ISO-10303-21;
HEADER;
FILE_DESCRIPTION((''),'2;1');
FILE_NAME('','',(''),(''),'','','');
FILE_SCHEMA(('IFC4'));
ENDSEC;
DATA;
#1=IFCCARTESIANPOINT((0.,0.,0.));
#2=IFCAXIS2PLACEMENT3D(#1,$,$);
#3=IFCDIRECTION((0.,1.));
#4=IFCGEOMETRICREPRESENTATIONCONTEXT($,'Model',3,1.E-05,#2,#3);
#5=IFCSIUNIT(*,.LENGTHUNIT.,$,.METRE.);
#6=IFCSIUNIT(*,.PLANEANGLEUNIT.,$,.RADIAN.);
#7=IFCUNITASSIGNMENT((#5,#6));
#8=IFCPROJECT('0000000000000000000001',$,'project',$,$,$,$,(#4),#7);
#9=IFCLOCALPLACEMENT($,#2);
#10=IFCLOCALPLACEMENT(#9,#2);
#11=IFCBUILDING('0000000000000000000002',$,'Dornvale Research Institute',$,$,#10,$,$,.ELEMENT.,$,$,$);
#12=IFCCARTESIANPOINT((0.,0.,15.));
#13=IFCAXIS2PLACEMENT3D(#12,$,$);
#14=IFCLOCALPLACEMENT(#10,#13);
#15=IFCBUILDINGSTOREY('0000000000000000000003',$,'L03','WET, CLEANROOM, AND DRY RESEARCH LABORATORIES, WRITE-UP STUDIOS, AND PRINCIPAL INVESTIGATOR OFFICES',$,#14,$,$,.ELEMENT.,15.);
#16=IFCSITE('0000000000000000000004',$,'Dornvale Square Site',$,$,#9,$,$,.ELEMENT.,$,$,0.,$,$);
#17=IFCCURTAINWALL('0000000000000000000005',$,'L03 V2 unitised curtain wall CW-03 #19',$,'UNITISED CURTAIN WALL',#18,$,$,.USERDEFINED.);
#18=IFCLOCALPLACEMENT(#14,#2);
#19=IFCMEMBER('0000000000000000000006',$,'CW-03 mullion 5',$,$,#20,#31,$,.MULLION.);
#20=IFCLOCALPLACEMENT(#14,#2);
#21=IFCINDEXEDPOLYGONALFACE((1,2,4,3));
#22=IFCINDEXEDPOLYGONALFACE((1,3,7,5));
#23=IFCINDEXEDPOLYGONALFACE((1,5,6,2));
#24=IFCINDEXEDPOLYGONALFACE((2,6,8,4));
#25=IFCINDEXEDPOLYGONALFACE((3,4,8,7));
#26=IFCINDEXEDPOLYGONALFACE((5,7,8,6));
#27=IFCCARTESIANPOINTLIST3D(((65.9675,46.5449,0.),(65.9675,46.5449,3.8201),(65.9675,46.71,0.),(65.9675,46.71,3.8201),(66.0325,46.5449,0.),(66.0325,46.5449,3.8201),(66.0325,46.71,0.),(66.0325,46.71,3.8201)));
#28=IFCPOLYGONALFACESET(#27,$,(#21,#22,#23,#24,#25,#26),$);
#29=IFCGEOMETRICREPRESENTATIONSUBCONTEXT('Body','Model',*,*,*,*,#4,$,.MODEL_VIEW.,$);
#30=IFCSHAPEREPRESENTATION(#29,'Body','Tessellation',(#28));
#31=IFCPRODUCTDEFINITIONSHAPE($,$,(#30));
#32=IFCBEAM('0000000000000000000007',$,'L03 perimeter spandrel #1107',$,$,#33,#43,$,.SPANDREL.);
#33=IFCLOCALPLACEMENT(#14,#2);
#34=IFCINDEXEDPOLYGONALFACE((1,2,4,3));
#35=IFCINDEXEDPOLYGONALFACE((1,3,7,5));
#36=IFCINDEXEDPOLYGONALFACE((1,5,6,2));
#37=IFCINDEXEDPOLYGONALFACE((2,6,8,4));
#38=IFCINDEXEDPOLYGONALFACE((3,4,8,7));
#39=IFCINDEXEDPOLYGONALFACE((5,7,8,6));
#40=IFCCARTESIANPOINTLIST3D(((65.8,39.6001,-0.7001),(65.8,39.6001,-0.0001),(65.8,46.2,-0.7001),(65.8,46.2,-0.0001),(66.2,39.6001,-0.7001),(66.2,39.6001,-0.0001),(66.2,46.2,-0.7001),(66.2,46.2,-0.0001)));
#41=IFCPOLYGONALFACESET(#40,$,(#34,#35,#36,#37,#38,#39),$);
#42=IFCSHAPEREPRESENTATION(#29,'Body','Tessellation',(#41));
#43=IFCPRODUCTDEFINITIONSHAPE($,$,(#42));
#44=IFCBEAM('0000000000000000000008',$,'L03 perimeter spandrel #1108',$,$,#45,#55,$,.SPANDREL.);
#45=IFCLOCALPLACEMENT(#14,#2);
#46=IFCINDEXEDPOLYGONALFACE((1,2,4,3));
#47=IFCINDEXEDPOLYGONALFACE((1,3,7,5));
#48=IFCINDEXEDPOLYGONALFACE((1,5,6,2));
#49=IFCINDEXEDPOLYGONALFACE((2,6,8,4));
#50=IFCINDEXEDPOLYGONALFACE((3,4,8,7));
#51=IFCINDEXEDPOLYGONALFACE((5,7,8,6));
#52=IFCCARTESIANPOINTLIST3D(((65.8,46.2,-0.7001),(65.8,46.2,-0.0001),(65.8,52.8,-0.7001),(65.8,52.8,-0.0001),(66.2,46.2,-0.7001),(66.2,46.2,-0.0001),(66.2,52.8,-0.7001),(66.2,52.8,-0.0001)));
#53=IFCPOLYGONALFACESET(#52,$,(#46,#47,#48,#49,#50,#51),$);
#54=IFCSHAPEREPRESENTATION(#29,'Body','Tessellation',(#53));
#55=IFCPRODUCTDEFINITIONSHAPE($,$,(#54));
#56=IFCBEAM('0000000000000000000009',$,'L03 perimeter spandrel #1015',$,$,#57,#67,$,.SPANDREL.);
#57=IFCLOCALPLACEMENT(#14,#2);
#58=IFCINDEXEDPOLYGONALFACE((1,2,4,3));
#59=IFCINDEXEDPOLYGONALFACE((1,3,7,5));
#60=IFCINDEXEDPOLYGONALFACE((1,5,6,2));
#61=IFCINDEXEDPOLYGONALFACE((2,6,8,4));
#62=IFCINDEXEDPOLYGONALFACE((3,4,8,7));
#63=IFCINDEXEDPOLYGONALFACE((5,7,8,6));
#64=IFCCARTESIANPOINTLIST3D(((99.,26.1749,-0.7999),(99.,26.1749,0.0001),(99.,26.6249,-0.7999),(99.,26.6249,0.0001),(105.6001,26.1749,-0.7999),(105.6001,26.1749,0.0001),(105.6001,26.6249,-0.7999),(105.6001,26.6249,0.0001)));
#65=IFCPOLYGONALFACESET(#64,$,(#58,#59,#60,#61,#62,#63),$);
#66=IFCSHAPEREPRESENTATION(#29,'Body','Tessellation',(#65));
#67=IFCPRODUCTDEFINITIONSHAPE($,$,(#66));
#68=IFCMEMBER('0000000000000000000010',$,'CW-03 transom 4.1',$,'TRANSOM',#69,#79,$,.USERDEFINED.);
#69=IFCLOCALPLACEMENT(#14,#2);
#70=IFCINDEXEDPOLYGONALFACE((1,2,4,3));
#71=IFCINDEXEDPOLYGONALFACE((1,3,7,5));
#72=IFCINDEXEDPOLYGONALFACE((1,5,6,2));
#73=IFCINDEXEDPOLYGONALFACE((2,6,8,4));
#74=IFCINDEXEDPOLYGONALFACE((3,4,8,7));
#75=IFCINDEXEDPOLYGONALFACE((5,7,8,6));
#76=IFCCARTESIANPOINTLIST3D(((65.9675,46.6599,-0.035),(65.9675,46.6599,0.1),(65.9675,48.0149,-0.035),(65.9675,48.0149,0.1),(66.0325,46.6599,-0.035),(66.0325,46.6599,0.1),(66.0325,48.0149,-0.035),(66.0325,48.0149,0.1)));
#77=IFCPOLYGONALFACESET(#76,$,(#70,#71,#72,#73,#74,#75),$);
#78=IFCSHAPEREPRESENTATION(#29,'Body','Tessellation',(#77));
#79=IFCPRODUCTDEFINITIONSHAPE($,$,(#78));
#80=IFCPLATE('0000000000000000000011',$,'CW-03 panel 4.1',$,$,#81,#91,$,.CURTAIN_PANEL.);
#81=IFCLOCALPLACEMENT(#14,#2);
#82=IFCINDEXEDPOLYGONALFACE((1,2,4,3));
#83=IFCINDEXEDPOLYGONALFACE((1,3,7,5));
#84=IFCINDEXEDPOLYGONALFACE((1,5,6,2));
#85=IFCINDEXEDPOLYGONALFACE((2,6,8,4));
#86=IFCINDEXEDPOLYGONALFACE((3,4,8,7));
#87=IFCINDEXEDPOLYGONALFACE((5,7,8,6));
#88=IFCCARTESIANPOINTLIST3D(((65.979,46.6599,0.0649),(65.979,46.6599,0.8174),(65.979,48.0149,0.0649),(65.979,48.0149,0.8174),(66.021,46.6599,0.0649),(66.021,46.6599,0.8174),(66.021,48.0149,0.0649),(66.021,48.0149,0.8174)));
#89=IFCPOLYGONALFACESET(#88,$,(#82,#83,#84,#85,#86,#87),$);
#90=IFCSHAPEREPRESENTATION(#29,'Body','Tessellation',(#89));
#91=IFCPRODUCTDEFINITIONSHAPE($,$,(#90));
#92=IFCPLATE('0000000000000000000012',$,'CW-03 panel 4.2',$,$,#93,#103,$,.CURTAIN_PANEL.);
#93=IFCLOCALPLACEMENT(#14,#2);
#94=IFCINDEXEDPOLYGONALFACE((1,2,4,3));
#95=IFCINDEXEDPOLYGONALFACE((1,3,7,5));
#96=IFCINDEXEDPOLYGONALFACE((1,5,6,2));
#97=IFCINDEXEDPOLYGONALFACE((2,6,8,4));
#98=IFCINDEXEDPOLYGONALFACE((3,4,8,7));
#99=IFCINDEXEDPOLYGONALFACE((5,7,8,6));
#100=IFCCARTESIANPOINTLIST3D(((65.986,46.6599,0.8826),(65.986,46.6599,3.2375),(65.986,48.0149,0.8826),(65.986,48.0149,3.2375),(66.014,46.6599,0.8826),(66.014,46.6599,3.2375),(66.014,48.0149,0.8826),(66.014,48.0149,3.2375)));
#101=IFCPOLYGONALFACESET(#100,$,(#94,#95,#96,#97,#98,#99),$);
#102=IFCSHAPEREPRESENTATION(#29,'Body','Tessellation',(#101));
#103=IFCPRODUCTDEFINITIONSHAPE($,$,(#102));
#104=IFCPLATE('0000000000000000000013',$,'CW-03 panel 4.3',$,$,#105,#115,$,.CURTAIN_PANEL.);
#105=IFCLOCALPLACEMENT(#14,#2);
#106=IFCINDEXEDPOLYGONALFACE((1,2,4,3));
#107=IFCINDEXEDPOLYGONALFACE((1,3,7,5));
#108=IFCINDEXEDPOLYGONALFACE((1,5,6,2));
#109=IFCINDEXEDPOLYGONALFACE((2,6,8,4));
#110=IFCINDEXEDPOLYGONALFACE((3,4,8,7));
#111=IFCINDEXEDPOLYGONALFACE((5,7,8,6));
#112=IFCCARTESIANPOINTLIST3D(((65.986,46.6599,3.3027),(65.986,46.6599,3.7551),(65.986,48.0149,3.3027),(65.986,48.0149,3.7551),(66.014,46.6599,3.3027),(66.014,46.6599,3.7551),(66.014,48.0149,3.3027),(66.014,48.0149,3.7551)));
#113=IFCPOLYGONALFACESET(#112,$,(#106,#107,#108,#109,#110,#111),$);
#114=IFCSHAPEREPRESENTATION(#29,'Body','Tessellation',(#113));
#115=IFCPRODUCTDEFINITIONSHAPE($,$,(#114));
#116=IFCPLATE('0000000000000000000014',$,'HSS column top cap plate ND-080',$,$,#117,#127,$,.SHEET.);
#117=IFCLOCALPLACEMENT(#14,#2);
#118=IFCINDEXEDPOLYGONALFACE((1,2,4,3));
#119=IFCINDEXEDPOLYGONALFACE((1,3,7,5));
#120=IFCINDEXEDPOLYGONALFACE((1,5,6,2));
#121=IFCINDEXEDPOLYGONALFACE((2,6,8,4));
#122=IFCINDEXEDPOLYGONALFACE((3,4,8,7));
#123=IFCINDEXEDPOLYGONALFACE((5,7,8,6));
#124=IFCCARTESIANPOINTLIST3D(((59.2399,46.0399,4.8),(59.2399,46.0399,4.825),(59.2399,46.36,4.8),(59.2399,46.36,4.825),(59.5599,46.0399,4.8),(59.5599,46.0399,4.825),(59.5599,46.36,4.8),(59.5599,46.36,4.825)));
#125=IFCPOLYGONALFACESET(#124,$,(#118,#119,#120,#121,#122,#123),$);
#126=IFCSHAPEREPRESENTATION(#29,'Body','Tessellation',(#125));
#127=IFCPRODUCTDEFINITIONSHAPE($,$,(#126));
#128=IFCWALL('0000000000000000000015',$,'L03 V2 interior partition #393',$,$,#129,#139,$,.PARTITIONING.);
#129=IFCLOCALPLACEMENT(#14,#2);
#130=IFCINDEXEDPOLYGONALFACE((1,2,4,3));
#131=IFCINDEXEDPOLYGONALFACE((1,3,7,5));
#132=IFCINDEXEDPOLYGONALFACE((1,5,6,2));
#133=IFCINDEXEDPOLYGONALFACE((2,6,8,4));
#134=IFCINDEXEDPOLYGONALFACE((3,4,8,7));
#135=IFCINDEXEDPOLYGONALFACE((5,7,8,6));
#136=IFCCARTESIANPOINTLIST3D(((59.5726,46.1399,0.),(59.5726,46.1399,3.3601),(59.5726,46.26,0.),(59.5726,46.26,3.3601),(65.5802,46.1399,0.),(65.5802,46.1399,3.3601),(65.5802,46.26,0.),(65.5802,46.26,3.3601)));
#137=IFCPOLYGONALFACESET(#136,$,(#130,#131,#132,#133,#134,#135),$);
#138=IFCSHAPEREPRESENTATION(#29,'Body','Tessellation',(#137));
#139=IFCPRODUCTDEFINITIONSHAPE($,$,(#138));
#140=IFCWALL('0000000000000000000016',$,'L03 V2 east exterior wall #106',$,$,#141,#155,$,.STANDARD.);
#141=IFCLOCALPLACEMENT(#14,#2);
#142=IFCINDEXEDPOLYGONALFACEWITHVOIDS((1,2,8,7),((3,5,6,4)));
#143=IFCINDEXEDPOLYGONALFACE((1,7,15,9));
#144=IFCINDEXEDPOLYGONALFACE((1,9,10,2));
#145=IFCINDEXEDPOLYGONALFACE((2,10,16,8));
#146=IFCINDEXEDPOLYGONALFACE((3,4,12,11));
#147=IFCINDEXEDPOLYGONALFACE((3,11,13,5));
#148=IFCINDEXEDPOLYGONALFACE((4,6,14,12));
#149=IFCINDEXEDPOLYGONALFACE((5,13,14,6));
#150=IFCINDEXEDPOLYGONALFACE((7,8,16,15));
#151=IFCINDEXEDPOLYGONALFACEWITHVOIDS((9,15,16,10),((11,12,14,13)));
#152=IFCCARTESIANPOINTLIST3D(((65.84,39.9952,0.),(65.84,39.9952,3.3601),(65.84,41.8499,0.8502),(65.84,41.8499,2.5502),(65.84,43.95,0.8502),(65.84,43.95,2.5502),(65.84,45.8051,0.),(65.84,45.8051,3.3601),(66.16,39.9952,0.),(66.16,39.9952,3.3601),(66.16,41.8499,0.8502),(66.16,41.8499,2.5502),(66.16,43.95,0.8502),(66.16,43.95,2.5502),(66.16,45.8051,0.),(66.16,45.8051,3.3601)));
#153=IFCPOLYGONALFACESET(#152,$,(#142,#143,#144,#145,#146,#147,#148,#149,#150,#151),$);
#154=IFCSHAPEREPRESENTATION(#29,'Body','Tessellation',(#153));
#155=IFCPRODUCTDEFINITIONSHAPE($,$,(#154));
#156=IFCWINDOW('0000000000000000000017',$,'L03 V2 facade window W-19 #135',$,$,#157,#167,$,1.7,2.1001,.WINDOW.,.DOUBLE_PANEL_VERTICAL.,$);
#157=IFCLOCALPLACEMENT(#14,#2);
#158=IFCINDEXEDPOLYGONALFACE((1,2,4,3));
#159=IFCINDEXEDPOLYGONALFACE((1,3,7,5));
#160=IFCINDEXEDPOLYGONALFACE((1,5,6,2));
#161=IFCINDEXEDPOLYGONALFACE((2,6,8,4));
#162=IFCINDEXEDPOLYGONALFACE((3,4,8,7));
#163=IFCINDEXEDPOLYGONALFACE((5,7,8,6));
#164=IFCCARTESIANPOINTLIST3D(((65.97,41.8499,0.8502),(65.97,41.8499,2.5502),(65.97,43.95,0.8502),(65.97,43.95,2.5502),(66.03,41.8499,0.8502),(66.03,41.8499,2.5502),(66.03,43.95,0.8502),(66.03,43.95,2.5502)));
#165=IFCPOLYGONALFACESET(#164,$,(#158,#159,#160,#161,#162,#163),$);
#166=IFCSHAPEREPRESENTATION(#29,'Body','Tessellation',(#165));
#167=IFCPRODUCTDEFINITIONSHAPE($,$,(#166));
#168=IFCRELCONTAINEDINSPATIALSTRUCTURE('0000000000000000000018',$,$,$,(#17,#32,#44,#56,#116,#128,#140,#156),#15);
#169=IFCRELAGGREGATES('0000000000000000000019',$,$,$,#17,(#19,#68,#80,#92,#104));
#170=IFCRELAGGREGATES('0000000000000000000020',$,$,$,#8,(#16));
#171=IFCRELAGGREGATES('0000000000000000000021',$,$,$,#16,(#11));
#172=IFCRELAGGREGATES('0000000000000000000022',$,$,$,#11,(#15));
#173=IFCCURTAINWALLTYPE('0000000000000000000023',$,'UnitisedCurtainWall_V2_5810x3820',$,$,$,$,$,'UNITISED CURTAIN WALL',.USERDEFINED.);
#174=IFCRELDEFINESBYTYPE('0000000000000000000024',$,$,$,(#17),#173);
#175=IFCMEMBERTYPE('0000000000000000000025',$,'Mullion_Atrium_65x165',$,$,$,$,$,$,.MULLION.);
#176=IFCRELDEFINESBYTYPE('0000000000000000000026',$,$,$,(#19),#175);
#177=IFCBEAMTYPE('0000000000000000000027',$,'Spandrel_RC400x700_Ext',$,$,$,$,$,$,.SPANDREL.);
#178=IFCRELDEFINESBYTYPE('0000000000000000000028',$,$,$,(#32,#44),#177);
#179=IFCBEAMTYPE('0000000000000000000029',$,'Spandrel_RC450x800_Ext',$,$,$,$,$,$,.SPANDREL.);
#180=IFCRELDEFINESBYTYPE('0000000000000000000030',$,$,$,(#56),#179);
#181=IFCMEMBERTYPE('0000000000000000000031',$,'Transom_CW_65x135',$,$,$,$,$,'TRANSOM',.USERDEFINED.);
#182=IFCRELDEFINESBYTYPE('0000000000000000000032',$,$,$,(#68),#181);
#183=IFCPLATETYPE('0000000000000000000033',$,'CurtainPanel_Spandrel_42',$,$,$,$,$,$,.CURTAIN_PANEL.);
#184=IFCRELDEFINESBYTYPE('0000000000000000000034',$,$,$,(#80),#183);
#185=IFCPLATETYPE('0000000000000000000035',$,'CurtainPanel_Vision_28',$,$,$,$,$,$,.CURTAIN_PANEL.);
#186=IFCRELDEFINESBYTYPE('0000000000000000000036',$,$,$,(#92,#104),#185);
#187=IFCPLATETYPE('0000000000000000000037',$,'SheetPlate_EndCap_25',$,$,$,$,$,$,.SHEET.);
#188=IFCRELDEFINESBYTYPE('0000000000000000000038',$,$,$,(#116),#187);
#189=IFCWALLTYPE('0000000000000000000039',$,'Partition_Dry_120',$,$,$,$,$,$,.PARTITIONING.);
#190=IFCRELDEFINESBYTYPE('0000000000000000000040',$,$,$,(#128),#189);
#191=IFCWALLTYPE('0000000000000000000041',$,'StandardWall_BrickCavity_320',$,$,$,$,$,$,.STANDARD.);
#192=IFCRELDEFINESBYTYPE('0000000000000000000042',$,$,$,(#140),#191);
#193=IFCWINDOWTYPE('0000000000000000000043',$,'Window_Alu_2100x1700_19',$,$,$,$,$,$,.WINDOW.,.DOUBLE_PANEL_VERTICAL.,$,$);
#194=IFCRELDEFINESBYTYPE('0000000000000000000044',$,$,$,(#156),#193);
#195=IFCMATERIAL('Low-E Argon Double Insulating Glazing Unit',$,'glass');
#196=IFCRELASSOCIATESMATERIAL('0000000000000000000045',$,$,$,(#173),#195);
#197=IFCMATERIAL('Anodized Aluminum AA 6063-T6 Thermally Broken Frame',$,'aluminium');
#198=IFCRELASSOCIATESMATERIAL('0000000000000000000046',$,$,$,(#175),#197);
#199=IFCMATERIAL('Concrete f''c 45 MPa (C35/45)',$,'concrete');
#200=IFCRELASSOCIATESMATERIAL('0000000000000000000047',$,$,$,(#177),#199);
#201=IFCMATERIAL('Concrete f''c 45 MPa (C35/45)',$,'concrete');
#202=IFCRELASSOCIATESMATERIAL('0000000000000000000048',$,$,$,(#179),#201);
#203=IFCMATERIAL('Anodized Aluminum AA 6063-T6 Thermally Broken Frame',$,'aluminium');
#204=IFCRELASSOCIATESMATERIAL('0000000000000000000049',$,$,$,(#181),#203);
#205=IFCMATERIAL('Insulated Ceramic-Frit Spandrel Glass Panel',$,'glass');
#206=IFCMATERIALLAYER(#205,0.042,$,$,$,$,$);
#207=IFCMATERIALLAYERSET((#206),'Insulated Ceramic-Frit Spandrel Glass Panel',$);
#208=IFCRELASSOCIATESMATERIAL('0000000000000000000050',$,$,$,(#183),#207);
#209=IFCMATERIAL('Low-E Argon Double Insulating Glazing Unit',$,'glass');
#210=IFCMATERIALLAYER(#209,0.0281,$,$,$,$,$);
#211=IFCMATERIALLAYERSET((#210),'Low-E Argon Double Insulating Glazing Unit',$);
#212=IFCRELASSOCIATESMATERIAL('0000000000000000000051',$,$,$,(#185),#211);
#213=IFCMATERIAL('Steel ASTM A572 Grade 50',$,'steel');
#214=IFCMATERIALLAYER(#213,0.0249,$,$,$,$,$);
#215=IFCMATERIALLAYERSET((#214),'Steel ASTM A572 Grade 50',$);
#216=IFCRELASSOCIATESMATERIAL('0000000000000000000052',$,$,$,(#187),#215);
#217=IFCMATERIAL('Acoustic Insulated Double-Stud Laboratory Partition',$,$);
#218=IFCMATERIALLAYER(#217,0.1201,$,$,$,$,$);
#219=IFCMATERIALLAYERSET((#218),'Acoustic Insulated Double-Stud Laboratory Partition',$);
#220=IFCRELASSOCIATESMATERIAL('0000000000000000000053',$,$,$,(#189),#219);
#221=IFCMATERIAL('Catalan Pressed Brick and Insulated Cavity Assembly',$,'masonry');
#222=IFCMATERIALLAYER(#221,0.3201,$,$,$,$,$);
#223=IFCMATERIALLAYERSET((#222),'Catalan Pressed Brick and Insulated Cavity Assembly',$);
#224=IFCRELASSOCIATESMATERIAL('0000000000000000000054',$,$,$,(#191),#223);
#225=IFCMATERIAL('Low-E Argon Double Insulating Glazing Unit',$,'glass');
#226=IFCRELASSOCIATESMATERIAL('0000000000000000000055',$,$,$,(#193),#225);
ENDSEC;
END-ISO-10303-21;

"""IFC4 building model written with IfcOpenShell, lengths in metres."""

from ifc_helpers import new_model, si_unit, direction, frame, frame_2d, origin, origin_2d, place, context, subcontext, project, spatial, rectangle, extrude, material, layer, layer_set, material_profile, profile_set, type_object, element, fill, aggregate, save


model = new_model("IFC4")

# Units and contexts
model_context = context("Model", 3, precision=1e-05, world=origin(), true_north=direction((0.0, 1.0)))
body_context = subcontext(model_context, "Body", "Model", "MODEL_VIEW")
ifc_project = project(units=[si_unit("LENGTHUNIT", "METRE"), si_unit("PLANEANGLEUNIT", "RADIAN")], contexts=[model_context])

# Site, building, storey
site_placement = place(None, origin())
site = spatial("IfcSite", under=ifc_project, at=site_placement, Name="Dornvale Square Site", CompositionType="ELEMENT", RefElevation=0.0)
building_placement = place(site_placement, origin())
building = spatial("IfcBuilding", under=site, at=building_placement, Name="Dornvale Research Institute", CompositionType="ELEMENT")
storey_placement = place(building_placement, frame((0.0, 0.0, 15.0)))
storey = spatial("IfcBuildingStorey", under=building, at=storey_placement, Name="L03", Description="WET, CLEANROOM, AND DRY RESEARCH LABORATORIES, WRITE-UP STUDIOS, AND PRINCIPAL INVESTIGATOR OFFICES", CompositionType="ELEMENT", Elevation=15.0)

# Curtain wall, member
ifc_material_1 = material(Name="Low-E Argon Double Insulating Glazing Unit", Category="glass")
curtain_wall_type = type_object("IfcCurtainWallType", Name="UnitisedCurtainWall_V2_5810x3820", ElementType="UNITISED CURTAIN WALL", PredefinedType="USERDEFINED", material=ifc_material_1)
curtain_wall_placement = place(storey_placement, origin())
curtain_wall = element("IfcCurtainWall", 1, at=curtain_wall_placement, inside=storey, type_object=curtain_wall_type, Name="L03 V2 unitised curtain wall CW-03 #19", ObjectType="UNITISED CURTAIN WALL", PredefinedType="USERDEFINED")
ifc_material_2 = material(Name="Anodized Aluminum AA 6063-T6 Thermally Broken Frame", Category="aluminium")
ifc_material_profile_1 = material_profile(ifc_material_2, rectangle(XDim=0.0649, YDim=0.165, at=origin_2d()), Name="ALU MULLION 65x165")
ifc_profile_set_1 = profile_set([ifc_material_profile_1], Name="Anodized Aluminum AA 6063-T6 Thermally Broken Frame")
member_type_1 = type_object("IfcMemberType", Name="Mullion_Atrium_65x165", PredefinedType="MULLION", material=ifc_profile_set_1)
member_1_placement = place(storey_placement, frame((66.0, 46.6274, 0.0), z_axis=(0.0, 0.0, 1.0), x_axis=(1.0, 0.0, 0.0)))
member_1 = element("IfcMember", 2, at=member_1_placement, type_object=member_type_1, Name="CW-03 mullion 5", PredefinedType="MULLION", context=body_context, shape_type="SweptSolid", body=[
    extrude(rectangle(XDim=0.0649, YDim=0.165, at=origin_2d()), origin(), (0.0, 0.0, 1.0), 3.8201),
])

# Beams
ifc_material_3 = material(Name="Concrete f'c 45 MPa (C35/45)", Category="concrete")
ifc_material_profile_2 = material_profile(ifc_material_3, rectangle(XDim=0.3999, YDim=0.7, at=origin_2d()), Name="RC 400x700")
ifc_profile_set_2 = profile_set([ifc_material_profile_2], Name="Concrete f'c 45 MPa (C35/45)")
beam_type_1 = type_object("IfcBeamType", Name="Spandrel_RC400x700_Ext", PredefinedType="SPANDREL", material=ifc_profile_set_2)
beam_1_placement = place(storey_placement, frame((66.0, 39.6001, -0.3501), z_axis=(0.0, 1.0, 0.0), x_axis=(-1.0, 0.0, 0.0)))
element("IfcBeam", 3, at=beam_1_placement, inside=storey, type_object=beam_type_1, Name="L03 perimeter spandrel #1107", PredefinedType="SPANDREL", context=body_context, shape_type="SweptSolid", body=[
    extrude(rectangle(XDim=0.3999, YDim=0.7, at=origin_2d()), origin(), (0.0, 0.0, 1.0), 6.5999),
])
beam_2_placement = place(storey_placement, frame((66.0, 46.2, -0.3501), z_axis=(0.0, 1.0, 0.0), x_axis=(-1.0, 0.0, 0.0)))
element("IfcBeam", 4, at=beam_2_placement, inside=storey, type_object=beam_type_1, Name="L03 perimeter spandrel #1108", PredefinedType="SPANDREL", context=body_context, shape_type="SweptSolid", body=[
    extrude(rectangle(XDim=0.3999, YDim=0.7, at=origin_2d()), origin(), (0.0, 0.0, 1.0), 6.6001),
])
ifc_material_4 = material(Name="Concrete f'c 45 MPa (C35/45)", Category="concrete")
ifc_material_profile_3 = material_profile(ifc_material_4, rectangle(XDim=0.45, YDim=0.8, at=origin_2d()), Name="RC 450x800")
ifc_profile_set_3 = profile_set([ifc_material_profile_3], Name="Concrete f'c 45 MPa (C35/45)")
beam_type_2 = type_object("IfcBeamType", Name="Spandrel_RC450x800_Ext", PredefinedType="SPANDREL", material=ifc_profile_set_3)
beam_3_placement = place(storey_placement, frame((99.0, 26.3999, -0.3999), z_axis=(1.0, 0.0, 0.0), x_axis=(0.0, 1.0, 0.0)))
element("IfcBeam", 5, at=beam_3_placement, inside=storey, type_object=beam_type_2, Name="L03 perimeter spandrel #1015", PredefinedType="SPANDREL", context=body_context, shape_type="SweptSolid", body=[
    extrude(rectangle(XDim=0.45, YDim=0.8, at=origin_2d()), origin(), (0.0, 0.0, 1.0), 6.6001),
])

# Member
ifc_material_5 = material(Name="Anodized Aluminum AA 6063-T6 Thermally Broken Frame", Category="aluminium")
ifc_material_profile_4 = material_profile(ifc_material_5, rectangle(XDim=0.0649, YDim=0.135, at=origin_2d()), Name="ALU TRANSOM 65x135")
ifc_profile_set_4 = profile_set([ifc_material_profile_4], Name="Anodized Aluminum AA 6063-T6 Thermally Broken Frame")
member_type_2 = type_object("IfcMemberType", Name="Transom_CW_65x135", ElementType="TRANSOM", PredefinedType="USERDEFINED", material=ifc_profile_set_4)
member_2_placement = place(storey_placement, frame((66.0, 48.0149, 0.0325), z_axis=(0.0, -1.0, 0.0), x_axis=(1.0, 0.0, 0.0)))
member_2 = element("IfcMember", 6, at=member_2_placement, type_object=member_type_2, Name="CW-03 transom 4.1", ObjectType="TRANSOM", PredefinedType="USERDEFINED", context=body_context, shape_type="SweptSolid", body=[
    extrude(rectangle(XDim=0.0649, YDim=0.135, at=origin_2d()), origin(), (0.0, 0.0, 1.0), 1.355),
])

# Plates
ifc_material_6 = material(Name="Insulated Ceramic-Frit Spandrel Glass Panel", Category="glass")
ifc_layer_1 = layer(ifc_material_6, 0.042)
ifc_layer_set_1 = layer_set([ifc_layer_1], Name="Insulated Ceramic-Frit Spandrel Glass Panel")
plate_type_1 = type_object("IfcPlateType", Name="CurtainPanel_Spandrel_42", PredefinedType="CURTAIN_PANEL", material=ifc_layer_set_1)
plate_1_placement = place(storey_placement, frame((66.0, 47.3374, 0.0649), z_axis=(0.0, 0.0, 1.0), x_axis=(0.0, -1.0, 0.0)))
plate_1 = element("IfcPlate", 7, at=plate_1_placement, type_object=plate_type_1, Name="CW-03 panel 4.1", PredefinedType="CURTAIN_PANEL", context=body_context, shape_type="SweptSolid", body=[
    extrude(rectangle(XDim=1.355, YDim=0.042, at=origin_2d()), origin(), (0.0, 0.0, 1.0), 0.7524),
])
ifc_material_7 = material(Name="Low-E Argon Double Insulating Glazing Unit", Category="glass")
ifc_layer_2 = layer(ifc_material_7, 0.0281)
ifc_layer_set_2 = layer_set([ifc_layer_2], Name="Low-E Argon Double Insulating Glazing Unit")
plate_type_2 = type_object("IfcPlateType", Name="CurtainPanel_Vision_28", PredefinedType="CURTAIN_PANEL", material=ifc_layer_set_2)
plate_2_placement = place(storey_placement, frame((66.0, 47.3374, 0.8826), z_axis=(0.0, 0.0, 1.0), x_axis=(0.0, -1.0, 0.0)))
plate_2 = element("IfcPlate", 8, at=plate_2_placement, type_object=plate_type_2, Name="CW-03 panel 4.2", PredefinedType="CURTAIN_PANEL", context=body_context, shape_type="SweptSolid", body=[
    extrude(rectangle(XDim=1.355, YDim=0.0281, at=origin_2d()), origin(), (0.0, 0.0, 1.0), 2.355),
])
plate_3_placement = place(storey_placement, frame((66.0, 47.3374, 3.3027), z_axis=(0.0, 0.0, 1.0), x_axis=(0.0, -1.0, 0.0)))
plate_3 = element("IfcPlate", 9, at=plate_3_placement, type_object=plate_type_2, Name="CW-03 panel 4.3", PredefinedType="CURTAIN_PANEL", context=body_context, shape_type="SweptSolid", body=[
    extrude(rectangle(XDim=1.355, YDim=0.0281, at=origin_2d()), origin(), (0.0, 0.0, 1.0), 0.4524),
])
aggregate(curtain_wall, [member_1, member_2, plate_1, plate_2, plate_3])
ifc_material_8 = material(Name="Steel ASTM A572 Grade 50", Category="steel")
ifc_layer_3 = layer(ifc_material_8, 0.0249)
ifc_layer_set_3 = layer_set([ifc_layer_3], Name="Steel ASTM A572 Grade 50")
plate_type_3 = type_object("IfcPlateType", Name="SheetPlate_EndCap_25", PredefinedType="SHEET", material=ifc_layer_set_3)
plate_4_placement = place(storey_placement, frame((59.3999, 46.2, 4.8), z_axis=(0.0, 0.0, 1.0), x_axis=(1.0, 0.0, 0.0)))
element("IfcPlate", 10, at=plate_4_placement, inside=storey, type_object=plate_type_3, Name="HSS column top cap plate ND-080", PredefinedType="SHEET", context=body_context, shape_type="SweptSolid", body=[
    extrude(rectangle(XDim=0.3201, YDim=0.3201, at=origin_2d()), origin(), (0.0, 0.0, 1.0), 0.0249),
])

# Wall
ifc_material_9 = material(Name="Acoustic Insulated Double-Stud Laboratory Partition")
ifc_layer_4 = layer(ifc_material_9, 0.1201)
ifc_layer_set_4 = layer_set([ifc_layer_4], Name="Acoustic Insulated Double-Stud Laboratory Partition")
wall_type_1 = type_object("IfcWallType", Name="Partition_Dry_120", PredefinedType="PARTITIONING", material=ifc_layer_set_4)
wall_1_placement = place(storey_placement, frame((59.5725, 46.2, 0.0), z_axis=(0.0, 0.0, 1.0), x_axis=(1.0, 0.0, 0.0)))
element("IfcWall", 11, at=wall_1_placement, inside=storey, type_object=wall_type_1, Name="L03 V2 interior partition #393", PredefinedType="PARTITIONING", context=body_context, shape_type="SweptSolid", body=[
    extrude(rectangle(XDim=6.0076, YDim=0.1201, at=frame_2d((3.0039, 0.0))), origin(), (0.0, 0.0, 1.0), 3.3601),
])

# Wall, opening, window
ifc_material_10 = material(Name="Catalan Pressed Brick and Insulated Cavity Assembly", Category="masonry")
ifc_layer_5 = layer(ifc_material_10, 0.3201)
ifc_layer_set_5 = layer_set([ifc_layer_5], Name="Catalan Pressed Brick and Insulated Cavity Assembly")
wall_type_2 = type_object("IfcWallType", Name="StandardWall_BrickCavity_320", PredefinedType="STANDARD", material=ifc_layer_set_5)
wall_2_placement = place(storey_placement, frame((66.0, 45.8049, 0.0), z_axis=(0.0, 0.0, 1.0), x_axis=(0.0, -1.0, 0.0)))
wall_2 = element("IfcWall", 12, at=wall_2_placement, inside=storey, type_object=wall_type_2, Name="L03 V2 east exterior wall #106", PredefinedType="STANDARD", context=body_context, shape_type="SweptSolid", body=[
    extrude(rectangle(XDim=5.8098, YDim=0.3201, at=frame_2d((2.9048, 0.0))), origin(), (0.0, 0.0, 1.0), 3.3601),
])
opening_1_placement = place(wall_2_placement, frame((1.855, 0.0, 0.8501)))
opening_1 = element("IfcOpeningElement", 13, at=opening_1_placement, cuts=wall_2, PredefinedType="OPENING", context=body_context, shape_type="SweptSolid", body=[
    extrude(rectangle(XDim=2.1001, YDim=1.7, at=frame_2d((1.05, 0.8501))), frame((0.0, 0.175, 0.0), z_axis=(0.0, -1.0, 0.0), x_axis=(1.0, 0.0, 0.0)), (0.0, 0.0, 1.0), 0.3501),
])
ifc_material_11 = material(Name="Low-E Argon Double Insulating Glazing Unit", Category="glass")
window_type_1 = type_object("IfcWindowType", Name="Window_Alu_2100x1700_19", PartitioningType="DOUBLE_PANEL_VERTICAL", PredefinedType="WINDOW", material=ifc_material_11)
window_1_placement = place(opening_1_placement, origin())
window_1 = element("IfcWindow", 14, at=window_1_placement, inside=storey, type_object=window_type_1, Name="L03 V2 facade window W-19 #135", OverallHeight=1.7, OverallWidth=2.1001, PartitioningType="DOUBLE_PANEL_VERTICAL", PredefinedType="WINDOW", context=body_context, shape_type="SweptSolid", body=[
    extrude(rectangle(XDim=2.1001, YDim=1.7, at=frame_2d((1.05, 0.8501))), frame((0.0, 0.03, 0.0), z_axis=(0.0, -1.0, 0.0), x_axis=(1.0, 0.0, 0.0)), (0.0, 0.0, 1.0), 0.0601),
])
fill(opening_1, window_1)

save(model, "model.ifc")
